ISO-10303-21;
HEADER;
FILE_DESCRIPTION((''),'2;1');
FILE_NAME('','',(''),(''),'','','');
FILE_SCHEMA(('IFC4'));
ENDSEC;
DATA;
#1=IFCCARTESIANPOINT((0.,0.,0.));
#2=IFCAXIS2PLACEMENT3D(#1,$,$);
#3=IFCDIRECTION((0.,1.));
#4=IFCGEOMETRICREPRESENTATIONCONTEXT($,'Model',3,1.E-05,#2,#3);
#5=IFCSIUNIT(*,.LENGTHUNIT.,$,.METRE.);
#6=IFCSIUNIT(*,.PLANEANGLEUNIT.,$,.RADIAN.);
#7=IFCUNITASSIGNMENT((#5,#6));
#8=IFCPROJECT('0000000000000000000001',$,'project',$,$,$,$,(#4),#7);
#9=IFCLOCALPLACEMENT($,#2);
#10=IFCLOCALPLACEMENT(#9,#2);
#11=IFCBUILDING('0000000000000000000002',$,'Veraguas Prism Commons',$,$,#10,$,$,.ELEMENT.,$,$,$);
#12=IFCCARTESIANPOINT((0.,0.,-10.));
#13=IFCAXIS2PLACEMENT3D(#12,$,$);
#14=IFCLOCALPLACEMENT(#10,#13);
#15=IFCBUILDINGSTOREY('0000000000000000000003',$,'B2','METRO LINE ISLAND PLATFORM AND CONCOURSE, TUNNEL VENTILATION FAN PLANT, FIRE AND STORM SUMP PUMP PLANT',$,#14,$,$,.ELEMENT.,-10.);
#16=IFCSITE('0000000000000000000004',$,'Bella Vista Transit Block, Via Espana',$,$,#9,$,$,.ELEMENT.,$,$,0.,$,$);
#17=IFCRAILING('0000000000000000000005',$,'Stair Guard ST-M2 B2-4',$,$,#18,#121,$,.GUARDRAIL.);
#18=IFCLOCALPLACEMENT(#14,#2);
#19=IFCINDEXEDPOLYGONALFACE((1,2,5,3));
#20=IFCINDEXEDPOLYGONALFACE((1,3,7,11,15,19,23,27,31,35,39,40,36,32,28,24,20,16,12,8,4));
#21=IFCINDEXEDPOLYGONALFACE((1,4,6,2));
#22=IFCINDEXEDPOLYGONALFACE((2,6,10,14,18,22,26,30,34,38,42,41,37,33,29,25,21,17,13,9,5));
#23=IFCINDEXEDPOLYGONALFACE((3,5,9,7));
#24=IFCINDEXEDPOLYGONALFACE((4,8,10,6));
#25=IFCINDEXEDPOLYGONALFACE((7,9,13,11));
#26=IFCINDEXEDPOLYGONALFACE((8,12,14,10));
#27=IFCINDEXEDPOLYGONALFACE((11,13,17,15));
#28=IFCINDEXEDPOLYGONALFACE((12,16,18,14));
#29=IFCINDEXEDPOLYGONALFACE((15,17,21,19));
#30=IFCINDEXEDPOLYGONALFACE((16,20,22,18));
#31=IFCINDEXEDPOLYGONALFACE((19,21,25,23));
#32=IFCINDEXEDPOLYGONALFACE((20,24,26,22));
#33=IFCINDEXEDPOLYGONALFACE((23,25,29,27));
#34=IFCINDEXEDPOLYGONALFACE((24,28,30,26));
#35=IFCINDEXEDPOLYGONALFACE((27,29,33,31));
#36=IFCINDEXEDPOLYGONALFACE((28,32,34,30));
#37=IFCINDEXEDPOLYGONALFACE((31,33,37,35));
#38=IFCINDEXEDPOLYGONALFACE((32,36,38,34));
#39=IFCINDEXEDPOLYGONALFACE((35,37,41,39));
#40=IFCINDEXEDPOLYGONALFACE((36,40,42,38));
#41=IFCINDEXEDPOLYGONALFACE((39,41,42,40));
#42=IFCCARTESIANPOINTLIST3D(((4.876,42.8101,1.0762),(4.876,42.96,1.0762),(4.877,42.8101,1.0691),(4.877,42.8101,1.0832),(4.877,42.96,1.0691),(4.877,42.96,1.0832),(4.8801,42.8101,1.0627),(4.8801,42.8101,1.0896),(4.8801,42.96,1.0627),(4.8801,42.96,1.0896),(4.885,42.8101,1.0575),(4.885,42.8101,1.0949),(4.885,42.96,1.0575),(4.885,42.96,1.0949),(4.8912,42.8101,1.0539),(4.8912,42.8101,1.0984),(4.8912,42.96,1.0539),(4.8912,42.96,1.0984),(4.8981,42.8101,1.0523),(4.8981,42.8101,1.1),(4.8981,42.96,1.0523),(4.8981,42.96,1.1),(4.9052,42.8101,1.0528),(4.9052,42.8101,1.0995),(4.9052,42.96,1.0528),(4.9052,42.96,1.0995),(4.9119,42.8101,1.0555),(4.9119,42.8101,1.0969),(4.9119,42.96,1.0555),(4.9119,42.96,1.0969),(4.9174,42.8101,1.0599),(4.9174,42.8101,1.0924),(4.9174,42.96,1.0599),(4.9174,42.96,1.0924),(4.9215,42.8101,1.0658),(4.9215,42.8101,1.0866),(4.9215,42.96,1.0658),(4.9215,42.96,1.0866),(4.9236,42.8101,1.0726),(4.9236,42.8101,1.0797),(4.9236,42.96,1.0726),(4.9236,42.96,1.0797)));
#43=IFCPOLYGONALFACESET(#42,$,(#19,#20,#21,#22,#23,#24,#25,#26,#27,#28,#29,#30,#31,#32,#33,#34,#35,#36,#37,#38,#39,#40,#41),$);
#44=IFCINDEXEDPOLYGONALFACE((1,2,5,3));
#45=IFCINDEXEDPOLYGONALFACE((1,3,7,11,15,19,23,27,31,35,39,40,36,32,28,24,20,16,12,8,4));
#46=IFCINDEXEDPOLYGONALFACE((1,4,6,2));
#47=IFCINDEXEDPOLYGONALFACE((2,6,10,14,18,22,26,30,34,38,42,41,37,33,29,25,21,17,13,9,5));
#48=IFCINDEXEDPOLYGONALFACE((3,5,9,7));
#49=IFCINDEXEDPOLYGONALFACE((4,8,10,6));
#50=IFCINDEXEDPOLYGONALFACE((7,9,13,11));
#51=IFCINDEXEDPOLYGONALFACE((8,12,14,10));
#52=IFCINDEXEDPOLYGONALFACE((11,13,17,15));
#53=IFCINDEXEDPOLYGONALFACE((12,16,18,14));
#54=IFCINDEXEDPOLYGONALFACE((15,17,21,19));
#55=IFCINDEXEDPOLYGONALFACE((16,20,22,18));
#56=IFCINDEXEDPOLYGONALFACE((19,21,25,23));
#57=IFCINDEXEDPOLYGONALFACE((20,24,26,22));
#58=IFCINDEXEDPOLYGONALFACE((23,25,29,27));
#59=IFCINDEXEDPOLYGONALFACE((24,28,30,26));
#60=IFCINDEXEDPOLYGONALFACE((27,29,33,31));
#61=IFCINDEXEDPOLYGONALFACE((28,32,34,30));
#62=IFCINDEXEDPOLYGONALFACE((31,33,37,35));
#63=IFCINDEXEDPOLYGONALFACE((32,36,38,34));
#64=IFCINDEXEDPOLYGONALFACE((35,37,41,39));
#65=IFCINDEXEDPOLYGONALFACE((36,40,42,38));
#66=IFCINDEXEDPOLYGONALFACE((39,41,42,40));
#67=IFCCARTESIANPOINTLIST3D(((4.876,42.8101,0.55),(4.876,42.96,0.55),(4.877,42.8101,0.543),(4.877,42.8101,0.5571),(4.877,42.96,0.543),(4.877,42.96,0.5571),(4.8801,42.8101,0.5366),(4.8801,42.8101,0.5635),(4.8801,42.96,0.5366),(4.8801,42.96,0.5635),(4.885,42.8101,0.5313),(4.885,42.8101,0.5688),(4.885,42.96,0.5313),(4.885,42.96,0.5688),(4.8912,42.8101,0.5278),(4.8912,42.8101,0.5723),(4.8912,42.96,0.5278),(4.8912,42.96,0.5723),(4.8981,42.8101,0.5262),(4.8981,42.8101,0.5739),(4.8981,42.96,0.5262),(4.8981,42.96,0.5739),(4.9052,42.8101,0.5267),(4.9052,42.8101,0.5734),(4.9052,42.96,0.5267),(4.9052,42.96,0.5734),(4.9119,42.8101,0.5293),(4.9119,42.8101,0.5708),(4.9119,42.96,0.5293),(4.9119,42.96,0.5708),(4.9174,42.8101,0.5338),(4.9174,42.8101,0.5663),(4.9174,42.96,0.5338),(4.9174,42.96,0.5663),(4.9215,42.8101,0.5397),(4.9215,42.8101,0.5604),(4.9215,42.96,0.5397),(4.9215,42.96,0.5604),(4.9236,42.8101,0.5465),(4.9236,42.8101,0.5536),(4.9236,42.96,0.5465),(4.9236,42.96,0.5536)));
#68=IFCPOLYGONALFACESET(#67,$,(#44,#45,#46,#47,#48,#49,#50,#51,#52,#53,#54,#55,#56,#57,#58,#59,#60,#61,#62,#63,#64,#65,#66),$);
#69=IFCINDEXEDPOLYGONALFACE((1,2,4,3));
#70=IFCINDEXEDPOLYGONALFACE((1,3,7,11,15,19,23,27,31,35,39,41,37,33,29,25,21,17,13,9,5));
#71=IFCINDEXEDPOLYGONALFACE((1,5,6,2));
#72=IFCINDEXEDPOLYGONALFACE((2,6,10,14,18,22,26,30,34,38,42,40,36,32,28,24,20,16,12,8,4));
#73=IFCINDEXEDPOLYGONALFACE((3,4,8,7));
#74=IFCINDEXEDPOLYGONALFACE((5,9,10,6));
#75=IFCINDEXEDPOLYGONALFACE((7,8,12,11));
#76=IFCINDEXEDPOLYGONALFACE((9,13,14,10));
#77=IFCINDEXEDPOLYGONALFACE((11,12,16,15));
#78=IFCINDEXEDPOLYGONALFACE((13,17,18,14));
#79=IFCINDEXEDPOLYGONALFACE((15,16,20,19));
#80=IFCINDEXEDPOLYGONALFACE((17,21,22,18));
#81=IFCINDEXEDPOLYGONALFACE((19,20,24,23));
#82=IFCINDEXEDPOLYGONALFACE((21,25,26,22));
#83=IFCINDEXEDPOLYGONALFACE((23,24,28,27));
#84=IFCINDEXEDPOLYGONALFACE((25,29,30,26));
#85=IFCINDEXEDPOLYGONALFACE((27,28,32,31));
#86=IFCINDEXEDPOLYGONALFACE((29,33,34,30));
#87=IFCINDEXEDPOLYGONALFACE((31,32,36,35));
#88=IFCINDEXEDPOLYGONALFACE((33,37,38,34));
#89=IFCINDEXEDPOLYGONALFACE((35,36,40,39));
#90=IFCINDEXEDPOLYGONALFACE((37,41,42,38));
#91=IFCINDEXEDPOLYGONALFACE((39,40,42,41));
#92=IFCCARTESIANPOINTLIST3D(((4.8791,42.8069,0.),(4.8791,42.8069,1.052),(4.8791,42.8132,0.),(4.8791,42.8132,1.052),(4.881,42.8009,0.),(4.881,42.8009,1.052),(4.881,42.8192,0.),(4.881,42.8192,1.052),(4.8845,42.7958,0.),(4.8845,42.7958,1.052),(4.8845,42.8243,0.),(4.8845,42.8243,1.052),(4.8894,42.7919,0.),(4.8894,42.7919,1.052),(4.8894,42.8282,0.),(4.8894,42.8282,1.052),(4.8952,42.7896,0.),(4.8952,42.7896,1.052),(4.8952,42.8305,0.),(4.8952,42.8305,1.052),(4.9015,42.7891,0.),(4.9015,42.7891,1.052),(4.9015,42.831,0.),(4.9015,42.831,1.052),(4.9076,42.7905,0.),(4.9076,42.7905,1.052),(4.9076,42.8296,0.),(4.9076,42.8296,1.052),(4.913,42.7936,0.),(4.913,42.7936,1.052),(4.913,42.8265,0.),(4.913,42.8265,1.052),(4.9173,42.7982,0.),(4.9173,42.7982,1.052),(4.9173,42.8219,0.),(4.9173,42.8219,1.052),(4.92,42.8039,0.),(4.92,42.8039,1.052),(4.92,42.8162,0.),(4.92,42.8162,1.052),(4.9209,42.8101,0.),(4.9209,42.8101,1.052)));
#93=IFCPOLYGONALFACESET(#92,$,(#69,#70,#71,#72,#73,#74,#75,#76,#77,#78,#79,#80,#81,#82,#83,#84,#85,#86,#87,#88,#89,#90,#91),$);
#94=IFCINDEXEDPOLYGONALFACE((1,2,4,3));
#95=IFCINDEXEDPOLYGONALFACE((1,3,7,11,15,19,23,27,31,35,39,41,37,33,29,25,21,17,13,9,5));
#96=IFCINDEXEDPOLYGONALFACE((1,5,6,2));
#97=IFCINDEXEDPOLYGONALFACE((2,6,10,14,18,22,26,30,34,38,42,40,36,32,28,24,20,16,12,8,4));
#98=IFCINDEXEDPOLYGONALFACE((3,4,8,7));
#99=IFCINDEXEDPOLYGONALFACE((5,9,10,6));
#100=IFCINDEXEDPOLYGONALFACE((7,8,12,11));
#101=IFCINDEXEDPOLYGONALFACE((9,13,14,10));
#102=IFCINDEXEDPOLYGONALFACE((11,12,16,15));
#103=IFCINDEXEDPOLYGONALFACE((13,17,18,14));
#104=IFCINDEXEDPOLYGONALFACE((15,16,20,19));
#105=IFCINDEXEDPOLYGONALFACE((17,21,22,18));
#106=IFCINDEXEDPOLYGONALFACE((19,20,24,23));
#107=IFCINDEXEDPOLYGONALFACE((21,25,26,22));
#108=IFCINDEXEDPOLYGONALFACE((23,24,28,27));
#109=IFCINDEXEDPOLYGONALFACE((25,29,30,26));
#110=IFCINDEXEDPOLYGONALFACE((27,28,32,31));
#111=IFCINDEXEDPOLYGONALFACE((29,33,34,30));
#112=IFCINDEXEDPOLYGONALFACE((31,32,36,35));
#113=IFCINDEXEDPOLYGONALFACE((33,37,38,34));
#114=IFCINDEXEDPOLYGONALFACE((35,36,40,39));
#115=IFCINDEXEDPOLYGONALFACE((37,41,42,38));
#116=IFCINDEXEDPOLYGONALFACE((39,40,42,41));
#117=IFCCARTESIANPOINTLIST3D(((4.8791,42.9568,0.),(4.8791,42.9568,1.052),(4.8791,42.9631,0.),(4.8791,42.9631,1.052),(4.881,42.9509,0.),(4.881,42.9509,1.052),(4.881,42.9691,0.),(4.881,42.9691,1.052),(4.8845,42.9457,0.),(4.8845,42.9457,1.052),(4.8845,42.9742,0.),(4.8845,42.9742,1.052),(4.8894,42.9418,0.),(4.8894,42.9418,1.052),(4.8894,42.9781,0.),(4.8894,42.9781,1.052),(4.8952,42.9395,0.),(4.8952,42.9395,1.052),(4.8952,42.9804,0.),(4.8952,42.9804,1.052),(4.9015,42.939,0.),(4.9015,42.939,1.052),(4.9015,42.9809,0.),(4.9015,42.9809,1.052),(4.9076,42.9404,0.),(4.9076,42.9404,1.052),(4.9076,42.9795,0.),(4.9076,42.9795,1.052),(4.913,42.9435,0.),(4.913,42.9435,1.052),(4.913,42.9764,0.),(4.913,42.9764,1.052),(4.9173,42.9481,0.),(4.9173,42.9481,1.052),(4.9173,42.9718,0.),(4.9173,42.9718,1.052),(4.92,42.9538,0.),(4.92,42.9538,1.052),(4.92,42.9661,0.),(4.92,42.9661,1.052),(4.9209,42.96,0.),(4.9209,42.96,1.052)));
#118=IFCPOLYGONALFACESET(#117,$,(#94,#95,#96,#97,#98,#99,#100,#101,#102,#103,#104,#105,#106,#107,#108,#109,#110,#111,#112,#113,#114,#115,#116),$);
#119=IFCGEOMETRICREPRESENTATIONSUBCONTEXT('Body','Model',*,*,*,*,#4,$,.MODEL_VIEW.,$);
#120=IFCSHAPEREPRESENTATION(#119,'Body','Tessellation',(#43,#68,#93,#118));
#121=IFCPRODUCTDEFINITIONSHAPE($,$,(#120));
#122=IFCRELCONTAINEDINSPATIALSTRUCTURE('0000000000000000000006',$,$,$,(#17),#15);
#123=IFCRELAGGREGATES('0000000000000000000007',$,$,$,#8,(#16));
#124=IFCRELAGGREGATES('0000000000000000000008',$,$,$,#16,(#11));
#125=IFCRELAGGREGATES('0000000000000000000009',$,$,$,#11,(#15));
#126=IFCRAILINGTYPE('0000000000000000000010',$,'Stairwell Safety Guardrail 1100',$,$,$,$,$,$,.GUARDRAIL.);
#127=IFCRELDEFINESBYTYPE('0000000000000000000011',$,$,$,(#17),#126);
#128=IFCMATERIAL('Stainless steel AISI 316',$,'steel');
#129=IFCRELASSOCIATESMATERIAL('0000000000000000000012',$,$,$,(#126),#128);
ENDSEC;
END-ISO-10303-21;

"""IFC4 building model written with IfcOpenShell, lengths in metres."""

from ifc_helpers import new_model, si_unit, direction, frame, origin, origin_2d, place, context, subcontext, project, spatial, circle, extrude, material, type_object, element, save


model = new_model("IFC4")

# Units and contexts
model_context = context("Model", 3, precision=1e-05, world=origin(), true_north=direction((0.0, 1.0)))
body_context = subcontext(model_context, "Body", "Model", "MODEL_VIEW")
ifc_project = project(units=[si_unit("LENGTHUNIT", "METRE"), si_unit("PLANEANGLEUNIT", "RADIAN")], contexts=[model_context])

# Site, building, storey
site_placement = place(None, origin())
site = spatial("IfcSite", under=ifc_project, at=site_placement, Name="Bella Vista Transit Block, Via Espana", CompositionType="ELEMENT", RefElevation=0.0)
building_placement = place(site_placement, origin())
building = spatial("IfcBuilding", under=site, at=building_placement, Name="Veraguas Prism Commons", CompositionType="ELEMENT")
storey_placement = place(building_placement, frame((0.0, 0.0, -10.0)))
storey = spatial("IfcBuildingStorey", under=building, at=storey_placement, Name="B2", Description="METRO LINE ISLAND PLATFORM AND CONCOURSE, TUNNEL VENTILATION FAN PLANT, FIRE AND STORM SUMP PUMP PLANT", CompositionType="ELEMENT", Elevation=-10.0)

# Railing
ifc_material_1 = material(Name="Stainless steel AISI 316", Category="steel")
railing_type_1 = type_object("IfcRailingType", Name="Stairwell Safety Guardrail 1100", PredefinedType="GUARDRAIL", material=ifc_material_1)
railing_1_placement = place(storey_placement, frame((4.8999, 42.8101, 0.0)))
element("IfcRailing", 1, at=railing_1_placement, inside=storey, type_object=railing_type_1, Name="Stair Guard ST-M2 B2-4", PredefinedType="GUARDRAIL", context=body_context, shape_type="SweptSolid", body=[
    extrude(circle(Radius=0.0239, at=origin_2d()), frame((0.0, 0.0, 1.0762), z_axis=(0.0, 1.0, 0.0), x_axis=(-1.0, 0.0, 0.0)), (0.0, 0.0, 1.0), 0.1499),
    extrude(circle(Radius=0.0239, at=origin_2d()), frame((0.0, 0.0, 0.55), z_axis=(0.0, 1.0, 0.0), x_axis=(-1.0, 0.0, 0.0)), (0.0, 0.0, 1.0), 0.1499),
    extrude(circle(Radius=0.021, at=origin_2d()), origin(), (0.0, 0.0, 1.0), 1.052),
    extrude(circle(Radius=0.021, at=origin_2d()), frame((0.0, 0.1499, 0.0)), (0.0, 0.0, 1.0), 1.052),
])

save(model, "model.ifc")
